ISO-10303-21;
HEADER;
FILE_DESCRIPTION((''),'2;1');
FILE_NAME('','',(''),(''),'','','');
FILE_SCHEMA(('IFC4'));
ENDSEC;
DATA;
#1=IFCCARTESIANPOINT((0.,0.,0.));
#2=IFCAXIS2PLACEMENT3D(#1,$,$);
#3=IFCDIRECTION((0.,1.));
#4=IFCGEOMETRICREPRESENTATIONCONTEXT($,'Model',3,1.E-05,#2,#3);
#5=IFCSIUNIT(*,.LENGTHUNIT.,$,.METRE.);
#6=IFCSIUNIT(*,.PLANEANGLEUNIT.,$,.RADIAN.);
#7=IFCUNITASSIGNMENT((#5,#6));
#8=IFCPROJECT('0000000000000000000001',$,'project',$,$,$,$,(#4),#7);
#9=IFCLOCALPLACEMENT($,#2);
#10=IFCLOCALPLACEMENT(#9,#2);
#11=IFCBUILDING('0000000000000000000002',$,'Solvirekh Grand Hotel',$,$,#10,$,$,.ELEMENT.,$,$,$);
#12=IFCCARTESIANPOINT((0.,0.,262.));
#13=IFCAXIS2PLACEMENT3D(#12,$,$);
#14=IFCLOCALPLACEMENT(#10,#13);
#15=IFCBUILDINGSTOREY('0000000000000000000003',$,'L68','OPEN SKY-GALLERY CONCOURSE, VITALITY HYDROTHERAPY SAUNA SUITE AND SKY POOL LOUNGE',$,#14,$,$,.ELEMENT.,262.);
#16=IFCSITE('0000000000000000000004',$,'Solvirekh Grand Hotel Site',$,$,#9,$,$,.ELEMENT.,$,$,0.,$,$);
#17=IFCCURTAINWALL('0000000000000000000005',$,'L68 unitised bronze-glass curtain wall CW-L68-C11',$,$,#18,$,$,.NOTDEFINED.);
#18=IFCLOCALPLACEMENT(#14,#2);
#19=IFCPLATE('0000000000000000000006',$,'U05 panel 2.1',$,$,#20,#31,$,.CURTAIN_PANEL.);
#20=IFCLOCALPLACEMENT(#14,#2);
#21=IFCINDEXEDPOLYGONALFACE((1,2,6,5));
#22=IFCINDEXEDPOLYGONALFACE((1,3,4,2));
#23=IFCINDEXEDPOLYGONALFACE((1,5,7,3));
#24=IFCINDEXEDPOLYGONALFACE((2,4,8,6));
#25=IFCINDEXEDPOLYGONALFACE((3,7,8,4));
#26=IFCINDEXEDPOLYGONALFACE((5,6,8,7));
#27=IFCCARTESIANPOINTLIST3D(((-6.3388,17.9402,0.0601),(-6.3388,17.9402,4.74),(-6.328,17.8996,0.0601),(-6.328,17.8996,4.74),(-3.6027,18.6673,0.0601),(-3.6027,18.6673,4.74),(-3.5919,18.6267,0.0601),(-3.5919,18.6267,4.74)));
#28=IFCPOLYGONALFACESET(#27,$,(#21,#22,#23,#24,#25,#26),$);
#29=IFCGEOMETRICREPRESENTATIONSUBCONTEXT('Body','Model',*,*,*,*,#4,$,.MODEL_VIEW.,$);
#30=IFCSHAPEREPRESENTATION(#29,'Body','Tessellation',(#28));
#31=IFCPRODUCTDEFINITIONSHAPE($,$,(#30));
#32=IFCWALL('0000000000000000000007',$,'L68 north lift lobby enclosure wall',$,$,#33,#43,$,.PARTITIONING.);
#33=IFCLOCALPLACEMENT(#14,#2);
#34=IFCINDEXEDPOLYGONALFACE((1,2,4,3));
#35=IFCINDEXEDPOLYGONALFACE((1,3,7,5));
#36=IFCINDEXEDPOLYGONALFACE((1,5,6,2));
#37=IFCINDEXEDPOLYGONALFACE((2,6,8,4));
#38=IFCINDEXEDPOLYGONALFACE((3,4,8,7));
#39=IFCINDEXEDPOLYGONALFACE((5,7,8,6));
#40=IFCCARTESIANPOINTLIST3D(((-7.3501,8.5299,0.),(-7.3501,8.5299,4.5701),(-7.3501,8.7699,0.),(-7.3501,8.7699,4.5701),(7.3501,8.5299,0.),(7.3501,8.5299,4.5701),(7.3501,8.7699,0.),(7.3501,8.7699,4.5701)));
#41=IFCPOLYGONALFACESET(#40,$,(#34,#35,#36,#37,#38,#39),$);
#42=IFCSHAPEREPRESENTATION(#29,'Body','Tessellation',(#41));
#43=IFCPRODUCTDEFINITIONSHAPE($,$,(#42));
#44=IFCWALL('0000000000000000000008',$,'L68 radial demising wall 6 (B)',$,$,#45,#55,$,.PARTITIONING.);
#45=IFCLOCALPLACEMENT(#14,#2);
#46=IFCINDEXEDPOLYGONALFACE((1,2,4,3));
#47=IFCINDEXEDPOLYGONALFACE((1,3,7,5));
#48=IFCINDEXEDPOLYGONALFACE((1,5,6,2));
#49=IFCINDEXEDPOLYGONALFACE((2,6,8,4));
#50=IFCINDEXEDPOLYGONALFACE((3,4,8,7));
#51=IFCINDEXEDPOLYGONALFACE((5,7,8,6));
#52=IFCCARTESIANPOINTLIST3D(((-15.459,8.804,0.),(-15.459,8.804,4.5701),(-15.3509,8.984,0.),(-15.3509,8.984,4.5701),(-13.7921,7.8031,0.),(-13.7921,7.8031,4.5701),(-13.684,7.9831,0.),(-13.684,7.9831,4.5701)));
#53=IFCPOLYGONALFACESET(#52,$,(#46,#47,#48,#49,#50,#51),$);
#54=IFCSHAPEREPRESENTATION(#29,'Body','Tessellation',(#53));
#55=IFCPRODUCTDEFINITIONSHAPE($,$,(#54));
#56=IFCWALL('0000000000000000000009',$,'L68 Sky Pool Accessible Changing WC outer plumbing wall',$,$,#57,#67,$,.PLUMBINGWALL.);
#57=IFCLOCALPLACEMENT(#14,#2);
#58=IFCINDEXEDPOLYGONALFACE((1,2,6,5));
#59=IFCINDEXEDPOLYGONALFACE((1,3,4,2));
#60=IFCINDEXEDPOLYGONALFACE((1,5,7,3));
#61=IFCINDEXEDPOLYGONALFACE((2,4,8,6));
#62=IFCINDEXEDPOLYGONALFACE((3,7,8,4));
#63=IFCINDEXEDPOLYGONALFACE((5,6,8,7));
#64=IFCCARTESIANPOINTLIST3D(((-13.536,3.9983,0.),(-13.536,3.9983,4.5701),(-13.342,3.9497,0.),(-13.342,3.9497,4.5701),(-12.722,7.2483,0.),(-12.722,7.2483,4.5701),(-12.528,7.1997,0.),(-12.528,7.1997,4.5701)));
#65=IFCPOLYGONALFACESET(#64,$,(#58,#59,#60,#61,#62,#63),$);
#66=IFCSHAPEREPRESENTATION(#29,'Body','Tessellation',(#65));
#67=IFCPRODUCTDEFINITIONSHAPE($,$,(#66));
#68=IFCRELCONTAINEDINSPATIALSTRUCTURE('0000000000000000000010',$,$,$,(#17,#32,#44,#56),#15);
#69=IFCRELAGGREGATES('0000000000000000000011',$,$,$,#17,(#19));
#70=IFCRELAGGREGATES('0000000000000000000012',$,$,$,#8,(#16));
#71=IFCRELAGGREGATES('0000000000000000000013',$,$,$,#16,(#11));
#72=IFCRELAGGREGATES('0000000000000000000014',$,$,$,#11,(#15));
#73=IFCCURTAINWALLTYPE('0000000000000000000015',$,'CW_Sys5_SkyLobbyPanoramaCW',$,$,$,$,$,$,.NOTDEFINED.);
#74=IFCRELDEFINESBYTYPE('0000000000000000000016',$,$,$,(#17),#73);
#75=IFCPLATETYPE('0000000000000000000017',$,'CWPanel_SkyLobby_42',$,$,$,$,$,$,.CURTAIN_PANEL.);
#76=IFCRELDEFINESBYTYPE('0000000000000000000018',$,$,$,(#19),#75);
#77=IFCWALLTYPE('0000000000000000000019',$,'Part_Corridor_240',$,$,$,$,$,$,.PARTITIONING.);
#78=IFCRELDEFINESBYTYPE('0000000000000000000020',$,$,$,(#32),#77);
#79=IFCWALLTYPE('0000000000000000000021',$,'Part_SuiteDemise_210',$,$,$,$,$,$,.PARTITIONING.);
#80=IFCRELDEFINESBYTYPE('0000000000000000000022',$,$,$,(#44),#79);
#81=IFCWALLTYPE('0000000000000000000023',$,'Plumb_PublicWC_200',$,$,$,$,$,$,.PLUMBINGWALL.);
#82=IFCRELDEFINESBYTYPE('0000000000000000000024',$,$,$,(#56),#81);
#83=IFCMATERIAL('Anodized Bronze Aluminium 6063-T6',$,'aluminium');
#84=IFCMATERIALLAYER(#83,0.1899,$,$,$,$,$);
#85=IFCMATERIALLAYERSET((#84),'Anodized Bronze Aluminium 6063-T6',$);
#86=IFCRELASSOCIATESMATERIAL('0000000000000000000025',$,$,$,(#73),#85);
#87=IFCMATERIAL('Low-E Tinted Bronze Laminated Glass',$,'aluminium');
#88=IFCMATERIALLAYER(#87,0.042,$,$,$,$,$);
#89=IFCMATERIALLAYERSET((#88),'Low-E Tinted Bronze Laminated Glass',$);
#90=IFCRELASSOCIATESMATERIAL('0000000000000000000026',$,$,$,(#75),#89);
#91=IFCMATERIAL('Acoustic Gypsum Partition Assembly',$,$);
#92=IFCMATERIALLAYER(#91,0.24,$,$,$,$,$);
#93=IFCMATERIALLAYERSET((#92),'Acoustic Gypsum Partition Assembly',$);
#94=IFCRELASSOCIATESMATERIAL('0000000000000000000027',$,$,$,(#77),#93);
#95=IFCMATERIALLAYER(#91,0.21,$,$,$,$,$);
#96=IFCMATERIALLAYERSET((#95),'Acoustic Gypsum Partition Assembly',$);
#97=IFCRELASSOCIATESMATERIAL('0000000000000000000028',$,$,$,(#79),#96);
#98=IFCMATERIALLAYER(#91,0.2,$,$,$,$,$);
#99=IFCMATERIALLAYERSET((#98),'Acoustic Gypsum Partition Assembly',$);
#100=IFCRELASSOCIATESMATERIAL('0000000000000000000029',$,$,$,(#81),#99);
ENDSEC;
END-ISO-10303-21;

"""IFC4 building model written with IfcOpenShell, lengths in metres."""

from ifc_helpers import new_model, si_unit, direction, frame, frame_2d, origin, origin_2d, place, context, subcontext, project, spatial, rectangle, extrude, source, transform, mapped, material, layer, layer_set, type_object, element, aggregate, save


model = new_model("IFC4")

# Units and contexts
model_context = context("Model", 3, precision=1e-05, world=origin(), true_north=direction((0.0, 1.0)))
body_context = subcontext(model_context, "Body", "Model", "MODEL_VIEW")
ifc_project = project(units=[si_unit("LENGTHUNIT", "METRE"), si_unit("PLANEANGLEUNIT", "RADIAN")], contexts=[model_context])

# Site, building, storey
site_placement = place(None, origin())
site = spatial("IfcSite", under=ifc_project, at=site_placement, Name="Solvirekh Grand Hotel Site", CompositionType="ELEMENT", RefElevation=0.0)
building_placement = place(site_placement, origin())
building = spatial("IfcBuilding", under=site, at=building_placement, Name="Solvirekh Grand Hotel", CompositionType="ELEMENT")
storey_placement = place(building_placement, frame((0.0, 0.0, 262.0)))
storey = spatial("IfcBuildingStorey", under=building, at=storey_placement, Name="L68", Description="OPEN SKY-GALLERY CONCOURSE, VITALITY HYDROTHERAPY SAUNA SUITE AND SKY POOL LOUNGE", CompositionType="ELEMENT", Elevation=262.0)

# Shared definitions
ifc_material_1 = material(Name="Anodized Bronze Aluminium 6063-T6", Category="aluminium")
ifc_layer_1 = layer(ifc_material_1, 0.1899)
ifc_layer_set_1 = layer_set([ifc_layer_1], Name="Anodized Bronze Aluminium 6063-T6")
curtain_wall_type = type_object("IfcCurtainWallType", Name="CW_Sys5_SkyLobbyPanoramaCW", PredefinedType="NOTDEFINED", material=ifc_layer_set_1)

# Curtain wall
curtain_wall_1_placement = place(storey_placement, origin())
curtain_wall_1 = element("IfcCurtainWall", 1, at=curtain_wall_1_placement, inside=storey, type_object=curtain_wall_type, Name="L68 unitised bronze-glass curtain wall CW-L68-C11", PredefinedType="NOTDEFINED")

# Plate
ifc_material_2 = material(Name="Low-E Tinted Bronze Laminated Glass", Category="aluminium")
ifc_layer_2 = layer(ifc_material_2, 0.042)
ifc_layer_set_2 = layer_set([ifc_layer_2], Name="Low-E Tinted Bronze Laminated Glass")
plate_type = type_object("IfcPlateType", Name="CWPanel_SkyLobby_42", PredefinedType="CURTAIN_PANEL", material=ifc_layer_set_2)
shared_shape_1 = source(origin(), body_context, "Body", "SweptSolid", [
    extrude(rectangle(XDim=2.8311, YDim=0.042, at=origin_2d()), origin(), (0.0, 0.0, 1.0), 4.6799),
])
plate_1_placement = place(storey_placement, frame((-4.9653, 18.2834, 0.0601), z_axis=(0.0, 0.0, 1.0), x_axis=(-0.966461, -0.256815, 0.0)))
plate_1 = element("IfcPlate", 2, at=plate_1_placement, type_object=plate_type, Name="U05 panel 2.1", PredefinedType="CURTAIN_PANEL", context=body_context, shape_type="MappedRepresentation", body=[
    mapped(shared_shape_1, transform((0.0, 0.0, 0.0), x_axis=(1.0, 0.0, 0.0), y_axis=(0.0, 1.0, 0.0), z_axis=(0.0, 0.0, 1.0), scale=1.0)),
])
aggregate(curtain_wall_1, [plate_1])

# Walls
ifc_material_3 = material(Name="Acoustic Gypsum Partition Assembly")
ifc_layer_3 = layer(ifc_material_3, 0.24)
ifc_layer_set_3 = layer_set([ifc_layer_3], Name="Acoustic Gypsum Partition Assembly")
wall_type_1 = type_object("IfcWallType", Name="Part_Corridor_240", PredefinedType="PARTITIONING", material=ifc_layer_set_3)
wall_1_placement = place(storey_placement, frame((-7.3501, 8.6499, 0.0), z_axis=(0.0, 0.0, 1.0), x_axis=(1.0, 0.0, 0.0)))
element("IfcWall", 3, at=wall_1_placement, inside=storey, type_object=wall_type_1, Name="L68 north lift lobby enclosure wall", PredefinedType="PARTITIONING", context=body_context, shape_type="SweptSolid", body=[
    extrude(rectangle(XDim=14.7002, YDim=0.24, at=frame_2d((7.3501, 0.0))), origin(), (0.0, 0.0, 1.0), 4.5701),
])
ifc_layer_4 = layer(ifc_material_3, 0.21)
ifc_layer_set_4 = layer_set([ifc_layer_4], Name="Acoustic Gypsum Partition Assembly")
wall_type_2 = type_object("IfcWallType", Name="Part_SuiteDemise_210", PredefinedType="PARTITIONING", material=ifc_layer_set_4)
wall_2_placement = place(storey_placement, frame((-13.738, 7.8931, 0.0), z_axis=(0.0, 0.0, 1.0), x_axis=(-0.857316, 0.514791, 0.0)))
element("IfcWall", 4, at=wall_2_placement, inside=storey, type_object=wall_type_2, Name="L68 radial demising wall 6 (B)", PredefinedType="PARTITIONING", context=body_context, shape_type="SweptSolid", body=[
    extrude(rectangle(XDim=1.9443, YDim=0.21, at=frame_2d((0.9722, 0.0))), origin(), (0.0, 0.0, 1.0), 4.5701),
])
ifc_layer_5 = layer(ifc_material_3, 0.2)
ifc_layer_set_5 = layer_set([ifc_layer_5], Name="Acoustic Gypsum Partition Assembly")
wall_type_3 = type_object("IfcWallType", Name="Plumb_PublicWC_200", PredefinedType="PLUMBINGWALL", material=ifc_layer_set_5)
wall_3_placement = place(storey_placement, frame((-12.625, 7.2241, 0.0), z_axis=(0.0, 0.0, 1.0), x_axis=(-0.242947, -0.97004, 0.0)))
element("IfcWall", 5, at=wall_3_placement, inside=storey, type_object=wall_type_3, Name="L68 Sky Pool Accessible Changing WC outer plumbing wall", PredefinedType="PLUMBINGWALL", context=body_context, shape_type="SweptSolid", body=[
    extrude(rectangle(XDim=3.3503, YDim=0.2, at=frame_2d((1.6753, 0.0))), origin(), (0.0, 0.0, 1.0), 4.5701),
])

save(model, "model.ifc")
